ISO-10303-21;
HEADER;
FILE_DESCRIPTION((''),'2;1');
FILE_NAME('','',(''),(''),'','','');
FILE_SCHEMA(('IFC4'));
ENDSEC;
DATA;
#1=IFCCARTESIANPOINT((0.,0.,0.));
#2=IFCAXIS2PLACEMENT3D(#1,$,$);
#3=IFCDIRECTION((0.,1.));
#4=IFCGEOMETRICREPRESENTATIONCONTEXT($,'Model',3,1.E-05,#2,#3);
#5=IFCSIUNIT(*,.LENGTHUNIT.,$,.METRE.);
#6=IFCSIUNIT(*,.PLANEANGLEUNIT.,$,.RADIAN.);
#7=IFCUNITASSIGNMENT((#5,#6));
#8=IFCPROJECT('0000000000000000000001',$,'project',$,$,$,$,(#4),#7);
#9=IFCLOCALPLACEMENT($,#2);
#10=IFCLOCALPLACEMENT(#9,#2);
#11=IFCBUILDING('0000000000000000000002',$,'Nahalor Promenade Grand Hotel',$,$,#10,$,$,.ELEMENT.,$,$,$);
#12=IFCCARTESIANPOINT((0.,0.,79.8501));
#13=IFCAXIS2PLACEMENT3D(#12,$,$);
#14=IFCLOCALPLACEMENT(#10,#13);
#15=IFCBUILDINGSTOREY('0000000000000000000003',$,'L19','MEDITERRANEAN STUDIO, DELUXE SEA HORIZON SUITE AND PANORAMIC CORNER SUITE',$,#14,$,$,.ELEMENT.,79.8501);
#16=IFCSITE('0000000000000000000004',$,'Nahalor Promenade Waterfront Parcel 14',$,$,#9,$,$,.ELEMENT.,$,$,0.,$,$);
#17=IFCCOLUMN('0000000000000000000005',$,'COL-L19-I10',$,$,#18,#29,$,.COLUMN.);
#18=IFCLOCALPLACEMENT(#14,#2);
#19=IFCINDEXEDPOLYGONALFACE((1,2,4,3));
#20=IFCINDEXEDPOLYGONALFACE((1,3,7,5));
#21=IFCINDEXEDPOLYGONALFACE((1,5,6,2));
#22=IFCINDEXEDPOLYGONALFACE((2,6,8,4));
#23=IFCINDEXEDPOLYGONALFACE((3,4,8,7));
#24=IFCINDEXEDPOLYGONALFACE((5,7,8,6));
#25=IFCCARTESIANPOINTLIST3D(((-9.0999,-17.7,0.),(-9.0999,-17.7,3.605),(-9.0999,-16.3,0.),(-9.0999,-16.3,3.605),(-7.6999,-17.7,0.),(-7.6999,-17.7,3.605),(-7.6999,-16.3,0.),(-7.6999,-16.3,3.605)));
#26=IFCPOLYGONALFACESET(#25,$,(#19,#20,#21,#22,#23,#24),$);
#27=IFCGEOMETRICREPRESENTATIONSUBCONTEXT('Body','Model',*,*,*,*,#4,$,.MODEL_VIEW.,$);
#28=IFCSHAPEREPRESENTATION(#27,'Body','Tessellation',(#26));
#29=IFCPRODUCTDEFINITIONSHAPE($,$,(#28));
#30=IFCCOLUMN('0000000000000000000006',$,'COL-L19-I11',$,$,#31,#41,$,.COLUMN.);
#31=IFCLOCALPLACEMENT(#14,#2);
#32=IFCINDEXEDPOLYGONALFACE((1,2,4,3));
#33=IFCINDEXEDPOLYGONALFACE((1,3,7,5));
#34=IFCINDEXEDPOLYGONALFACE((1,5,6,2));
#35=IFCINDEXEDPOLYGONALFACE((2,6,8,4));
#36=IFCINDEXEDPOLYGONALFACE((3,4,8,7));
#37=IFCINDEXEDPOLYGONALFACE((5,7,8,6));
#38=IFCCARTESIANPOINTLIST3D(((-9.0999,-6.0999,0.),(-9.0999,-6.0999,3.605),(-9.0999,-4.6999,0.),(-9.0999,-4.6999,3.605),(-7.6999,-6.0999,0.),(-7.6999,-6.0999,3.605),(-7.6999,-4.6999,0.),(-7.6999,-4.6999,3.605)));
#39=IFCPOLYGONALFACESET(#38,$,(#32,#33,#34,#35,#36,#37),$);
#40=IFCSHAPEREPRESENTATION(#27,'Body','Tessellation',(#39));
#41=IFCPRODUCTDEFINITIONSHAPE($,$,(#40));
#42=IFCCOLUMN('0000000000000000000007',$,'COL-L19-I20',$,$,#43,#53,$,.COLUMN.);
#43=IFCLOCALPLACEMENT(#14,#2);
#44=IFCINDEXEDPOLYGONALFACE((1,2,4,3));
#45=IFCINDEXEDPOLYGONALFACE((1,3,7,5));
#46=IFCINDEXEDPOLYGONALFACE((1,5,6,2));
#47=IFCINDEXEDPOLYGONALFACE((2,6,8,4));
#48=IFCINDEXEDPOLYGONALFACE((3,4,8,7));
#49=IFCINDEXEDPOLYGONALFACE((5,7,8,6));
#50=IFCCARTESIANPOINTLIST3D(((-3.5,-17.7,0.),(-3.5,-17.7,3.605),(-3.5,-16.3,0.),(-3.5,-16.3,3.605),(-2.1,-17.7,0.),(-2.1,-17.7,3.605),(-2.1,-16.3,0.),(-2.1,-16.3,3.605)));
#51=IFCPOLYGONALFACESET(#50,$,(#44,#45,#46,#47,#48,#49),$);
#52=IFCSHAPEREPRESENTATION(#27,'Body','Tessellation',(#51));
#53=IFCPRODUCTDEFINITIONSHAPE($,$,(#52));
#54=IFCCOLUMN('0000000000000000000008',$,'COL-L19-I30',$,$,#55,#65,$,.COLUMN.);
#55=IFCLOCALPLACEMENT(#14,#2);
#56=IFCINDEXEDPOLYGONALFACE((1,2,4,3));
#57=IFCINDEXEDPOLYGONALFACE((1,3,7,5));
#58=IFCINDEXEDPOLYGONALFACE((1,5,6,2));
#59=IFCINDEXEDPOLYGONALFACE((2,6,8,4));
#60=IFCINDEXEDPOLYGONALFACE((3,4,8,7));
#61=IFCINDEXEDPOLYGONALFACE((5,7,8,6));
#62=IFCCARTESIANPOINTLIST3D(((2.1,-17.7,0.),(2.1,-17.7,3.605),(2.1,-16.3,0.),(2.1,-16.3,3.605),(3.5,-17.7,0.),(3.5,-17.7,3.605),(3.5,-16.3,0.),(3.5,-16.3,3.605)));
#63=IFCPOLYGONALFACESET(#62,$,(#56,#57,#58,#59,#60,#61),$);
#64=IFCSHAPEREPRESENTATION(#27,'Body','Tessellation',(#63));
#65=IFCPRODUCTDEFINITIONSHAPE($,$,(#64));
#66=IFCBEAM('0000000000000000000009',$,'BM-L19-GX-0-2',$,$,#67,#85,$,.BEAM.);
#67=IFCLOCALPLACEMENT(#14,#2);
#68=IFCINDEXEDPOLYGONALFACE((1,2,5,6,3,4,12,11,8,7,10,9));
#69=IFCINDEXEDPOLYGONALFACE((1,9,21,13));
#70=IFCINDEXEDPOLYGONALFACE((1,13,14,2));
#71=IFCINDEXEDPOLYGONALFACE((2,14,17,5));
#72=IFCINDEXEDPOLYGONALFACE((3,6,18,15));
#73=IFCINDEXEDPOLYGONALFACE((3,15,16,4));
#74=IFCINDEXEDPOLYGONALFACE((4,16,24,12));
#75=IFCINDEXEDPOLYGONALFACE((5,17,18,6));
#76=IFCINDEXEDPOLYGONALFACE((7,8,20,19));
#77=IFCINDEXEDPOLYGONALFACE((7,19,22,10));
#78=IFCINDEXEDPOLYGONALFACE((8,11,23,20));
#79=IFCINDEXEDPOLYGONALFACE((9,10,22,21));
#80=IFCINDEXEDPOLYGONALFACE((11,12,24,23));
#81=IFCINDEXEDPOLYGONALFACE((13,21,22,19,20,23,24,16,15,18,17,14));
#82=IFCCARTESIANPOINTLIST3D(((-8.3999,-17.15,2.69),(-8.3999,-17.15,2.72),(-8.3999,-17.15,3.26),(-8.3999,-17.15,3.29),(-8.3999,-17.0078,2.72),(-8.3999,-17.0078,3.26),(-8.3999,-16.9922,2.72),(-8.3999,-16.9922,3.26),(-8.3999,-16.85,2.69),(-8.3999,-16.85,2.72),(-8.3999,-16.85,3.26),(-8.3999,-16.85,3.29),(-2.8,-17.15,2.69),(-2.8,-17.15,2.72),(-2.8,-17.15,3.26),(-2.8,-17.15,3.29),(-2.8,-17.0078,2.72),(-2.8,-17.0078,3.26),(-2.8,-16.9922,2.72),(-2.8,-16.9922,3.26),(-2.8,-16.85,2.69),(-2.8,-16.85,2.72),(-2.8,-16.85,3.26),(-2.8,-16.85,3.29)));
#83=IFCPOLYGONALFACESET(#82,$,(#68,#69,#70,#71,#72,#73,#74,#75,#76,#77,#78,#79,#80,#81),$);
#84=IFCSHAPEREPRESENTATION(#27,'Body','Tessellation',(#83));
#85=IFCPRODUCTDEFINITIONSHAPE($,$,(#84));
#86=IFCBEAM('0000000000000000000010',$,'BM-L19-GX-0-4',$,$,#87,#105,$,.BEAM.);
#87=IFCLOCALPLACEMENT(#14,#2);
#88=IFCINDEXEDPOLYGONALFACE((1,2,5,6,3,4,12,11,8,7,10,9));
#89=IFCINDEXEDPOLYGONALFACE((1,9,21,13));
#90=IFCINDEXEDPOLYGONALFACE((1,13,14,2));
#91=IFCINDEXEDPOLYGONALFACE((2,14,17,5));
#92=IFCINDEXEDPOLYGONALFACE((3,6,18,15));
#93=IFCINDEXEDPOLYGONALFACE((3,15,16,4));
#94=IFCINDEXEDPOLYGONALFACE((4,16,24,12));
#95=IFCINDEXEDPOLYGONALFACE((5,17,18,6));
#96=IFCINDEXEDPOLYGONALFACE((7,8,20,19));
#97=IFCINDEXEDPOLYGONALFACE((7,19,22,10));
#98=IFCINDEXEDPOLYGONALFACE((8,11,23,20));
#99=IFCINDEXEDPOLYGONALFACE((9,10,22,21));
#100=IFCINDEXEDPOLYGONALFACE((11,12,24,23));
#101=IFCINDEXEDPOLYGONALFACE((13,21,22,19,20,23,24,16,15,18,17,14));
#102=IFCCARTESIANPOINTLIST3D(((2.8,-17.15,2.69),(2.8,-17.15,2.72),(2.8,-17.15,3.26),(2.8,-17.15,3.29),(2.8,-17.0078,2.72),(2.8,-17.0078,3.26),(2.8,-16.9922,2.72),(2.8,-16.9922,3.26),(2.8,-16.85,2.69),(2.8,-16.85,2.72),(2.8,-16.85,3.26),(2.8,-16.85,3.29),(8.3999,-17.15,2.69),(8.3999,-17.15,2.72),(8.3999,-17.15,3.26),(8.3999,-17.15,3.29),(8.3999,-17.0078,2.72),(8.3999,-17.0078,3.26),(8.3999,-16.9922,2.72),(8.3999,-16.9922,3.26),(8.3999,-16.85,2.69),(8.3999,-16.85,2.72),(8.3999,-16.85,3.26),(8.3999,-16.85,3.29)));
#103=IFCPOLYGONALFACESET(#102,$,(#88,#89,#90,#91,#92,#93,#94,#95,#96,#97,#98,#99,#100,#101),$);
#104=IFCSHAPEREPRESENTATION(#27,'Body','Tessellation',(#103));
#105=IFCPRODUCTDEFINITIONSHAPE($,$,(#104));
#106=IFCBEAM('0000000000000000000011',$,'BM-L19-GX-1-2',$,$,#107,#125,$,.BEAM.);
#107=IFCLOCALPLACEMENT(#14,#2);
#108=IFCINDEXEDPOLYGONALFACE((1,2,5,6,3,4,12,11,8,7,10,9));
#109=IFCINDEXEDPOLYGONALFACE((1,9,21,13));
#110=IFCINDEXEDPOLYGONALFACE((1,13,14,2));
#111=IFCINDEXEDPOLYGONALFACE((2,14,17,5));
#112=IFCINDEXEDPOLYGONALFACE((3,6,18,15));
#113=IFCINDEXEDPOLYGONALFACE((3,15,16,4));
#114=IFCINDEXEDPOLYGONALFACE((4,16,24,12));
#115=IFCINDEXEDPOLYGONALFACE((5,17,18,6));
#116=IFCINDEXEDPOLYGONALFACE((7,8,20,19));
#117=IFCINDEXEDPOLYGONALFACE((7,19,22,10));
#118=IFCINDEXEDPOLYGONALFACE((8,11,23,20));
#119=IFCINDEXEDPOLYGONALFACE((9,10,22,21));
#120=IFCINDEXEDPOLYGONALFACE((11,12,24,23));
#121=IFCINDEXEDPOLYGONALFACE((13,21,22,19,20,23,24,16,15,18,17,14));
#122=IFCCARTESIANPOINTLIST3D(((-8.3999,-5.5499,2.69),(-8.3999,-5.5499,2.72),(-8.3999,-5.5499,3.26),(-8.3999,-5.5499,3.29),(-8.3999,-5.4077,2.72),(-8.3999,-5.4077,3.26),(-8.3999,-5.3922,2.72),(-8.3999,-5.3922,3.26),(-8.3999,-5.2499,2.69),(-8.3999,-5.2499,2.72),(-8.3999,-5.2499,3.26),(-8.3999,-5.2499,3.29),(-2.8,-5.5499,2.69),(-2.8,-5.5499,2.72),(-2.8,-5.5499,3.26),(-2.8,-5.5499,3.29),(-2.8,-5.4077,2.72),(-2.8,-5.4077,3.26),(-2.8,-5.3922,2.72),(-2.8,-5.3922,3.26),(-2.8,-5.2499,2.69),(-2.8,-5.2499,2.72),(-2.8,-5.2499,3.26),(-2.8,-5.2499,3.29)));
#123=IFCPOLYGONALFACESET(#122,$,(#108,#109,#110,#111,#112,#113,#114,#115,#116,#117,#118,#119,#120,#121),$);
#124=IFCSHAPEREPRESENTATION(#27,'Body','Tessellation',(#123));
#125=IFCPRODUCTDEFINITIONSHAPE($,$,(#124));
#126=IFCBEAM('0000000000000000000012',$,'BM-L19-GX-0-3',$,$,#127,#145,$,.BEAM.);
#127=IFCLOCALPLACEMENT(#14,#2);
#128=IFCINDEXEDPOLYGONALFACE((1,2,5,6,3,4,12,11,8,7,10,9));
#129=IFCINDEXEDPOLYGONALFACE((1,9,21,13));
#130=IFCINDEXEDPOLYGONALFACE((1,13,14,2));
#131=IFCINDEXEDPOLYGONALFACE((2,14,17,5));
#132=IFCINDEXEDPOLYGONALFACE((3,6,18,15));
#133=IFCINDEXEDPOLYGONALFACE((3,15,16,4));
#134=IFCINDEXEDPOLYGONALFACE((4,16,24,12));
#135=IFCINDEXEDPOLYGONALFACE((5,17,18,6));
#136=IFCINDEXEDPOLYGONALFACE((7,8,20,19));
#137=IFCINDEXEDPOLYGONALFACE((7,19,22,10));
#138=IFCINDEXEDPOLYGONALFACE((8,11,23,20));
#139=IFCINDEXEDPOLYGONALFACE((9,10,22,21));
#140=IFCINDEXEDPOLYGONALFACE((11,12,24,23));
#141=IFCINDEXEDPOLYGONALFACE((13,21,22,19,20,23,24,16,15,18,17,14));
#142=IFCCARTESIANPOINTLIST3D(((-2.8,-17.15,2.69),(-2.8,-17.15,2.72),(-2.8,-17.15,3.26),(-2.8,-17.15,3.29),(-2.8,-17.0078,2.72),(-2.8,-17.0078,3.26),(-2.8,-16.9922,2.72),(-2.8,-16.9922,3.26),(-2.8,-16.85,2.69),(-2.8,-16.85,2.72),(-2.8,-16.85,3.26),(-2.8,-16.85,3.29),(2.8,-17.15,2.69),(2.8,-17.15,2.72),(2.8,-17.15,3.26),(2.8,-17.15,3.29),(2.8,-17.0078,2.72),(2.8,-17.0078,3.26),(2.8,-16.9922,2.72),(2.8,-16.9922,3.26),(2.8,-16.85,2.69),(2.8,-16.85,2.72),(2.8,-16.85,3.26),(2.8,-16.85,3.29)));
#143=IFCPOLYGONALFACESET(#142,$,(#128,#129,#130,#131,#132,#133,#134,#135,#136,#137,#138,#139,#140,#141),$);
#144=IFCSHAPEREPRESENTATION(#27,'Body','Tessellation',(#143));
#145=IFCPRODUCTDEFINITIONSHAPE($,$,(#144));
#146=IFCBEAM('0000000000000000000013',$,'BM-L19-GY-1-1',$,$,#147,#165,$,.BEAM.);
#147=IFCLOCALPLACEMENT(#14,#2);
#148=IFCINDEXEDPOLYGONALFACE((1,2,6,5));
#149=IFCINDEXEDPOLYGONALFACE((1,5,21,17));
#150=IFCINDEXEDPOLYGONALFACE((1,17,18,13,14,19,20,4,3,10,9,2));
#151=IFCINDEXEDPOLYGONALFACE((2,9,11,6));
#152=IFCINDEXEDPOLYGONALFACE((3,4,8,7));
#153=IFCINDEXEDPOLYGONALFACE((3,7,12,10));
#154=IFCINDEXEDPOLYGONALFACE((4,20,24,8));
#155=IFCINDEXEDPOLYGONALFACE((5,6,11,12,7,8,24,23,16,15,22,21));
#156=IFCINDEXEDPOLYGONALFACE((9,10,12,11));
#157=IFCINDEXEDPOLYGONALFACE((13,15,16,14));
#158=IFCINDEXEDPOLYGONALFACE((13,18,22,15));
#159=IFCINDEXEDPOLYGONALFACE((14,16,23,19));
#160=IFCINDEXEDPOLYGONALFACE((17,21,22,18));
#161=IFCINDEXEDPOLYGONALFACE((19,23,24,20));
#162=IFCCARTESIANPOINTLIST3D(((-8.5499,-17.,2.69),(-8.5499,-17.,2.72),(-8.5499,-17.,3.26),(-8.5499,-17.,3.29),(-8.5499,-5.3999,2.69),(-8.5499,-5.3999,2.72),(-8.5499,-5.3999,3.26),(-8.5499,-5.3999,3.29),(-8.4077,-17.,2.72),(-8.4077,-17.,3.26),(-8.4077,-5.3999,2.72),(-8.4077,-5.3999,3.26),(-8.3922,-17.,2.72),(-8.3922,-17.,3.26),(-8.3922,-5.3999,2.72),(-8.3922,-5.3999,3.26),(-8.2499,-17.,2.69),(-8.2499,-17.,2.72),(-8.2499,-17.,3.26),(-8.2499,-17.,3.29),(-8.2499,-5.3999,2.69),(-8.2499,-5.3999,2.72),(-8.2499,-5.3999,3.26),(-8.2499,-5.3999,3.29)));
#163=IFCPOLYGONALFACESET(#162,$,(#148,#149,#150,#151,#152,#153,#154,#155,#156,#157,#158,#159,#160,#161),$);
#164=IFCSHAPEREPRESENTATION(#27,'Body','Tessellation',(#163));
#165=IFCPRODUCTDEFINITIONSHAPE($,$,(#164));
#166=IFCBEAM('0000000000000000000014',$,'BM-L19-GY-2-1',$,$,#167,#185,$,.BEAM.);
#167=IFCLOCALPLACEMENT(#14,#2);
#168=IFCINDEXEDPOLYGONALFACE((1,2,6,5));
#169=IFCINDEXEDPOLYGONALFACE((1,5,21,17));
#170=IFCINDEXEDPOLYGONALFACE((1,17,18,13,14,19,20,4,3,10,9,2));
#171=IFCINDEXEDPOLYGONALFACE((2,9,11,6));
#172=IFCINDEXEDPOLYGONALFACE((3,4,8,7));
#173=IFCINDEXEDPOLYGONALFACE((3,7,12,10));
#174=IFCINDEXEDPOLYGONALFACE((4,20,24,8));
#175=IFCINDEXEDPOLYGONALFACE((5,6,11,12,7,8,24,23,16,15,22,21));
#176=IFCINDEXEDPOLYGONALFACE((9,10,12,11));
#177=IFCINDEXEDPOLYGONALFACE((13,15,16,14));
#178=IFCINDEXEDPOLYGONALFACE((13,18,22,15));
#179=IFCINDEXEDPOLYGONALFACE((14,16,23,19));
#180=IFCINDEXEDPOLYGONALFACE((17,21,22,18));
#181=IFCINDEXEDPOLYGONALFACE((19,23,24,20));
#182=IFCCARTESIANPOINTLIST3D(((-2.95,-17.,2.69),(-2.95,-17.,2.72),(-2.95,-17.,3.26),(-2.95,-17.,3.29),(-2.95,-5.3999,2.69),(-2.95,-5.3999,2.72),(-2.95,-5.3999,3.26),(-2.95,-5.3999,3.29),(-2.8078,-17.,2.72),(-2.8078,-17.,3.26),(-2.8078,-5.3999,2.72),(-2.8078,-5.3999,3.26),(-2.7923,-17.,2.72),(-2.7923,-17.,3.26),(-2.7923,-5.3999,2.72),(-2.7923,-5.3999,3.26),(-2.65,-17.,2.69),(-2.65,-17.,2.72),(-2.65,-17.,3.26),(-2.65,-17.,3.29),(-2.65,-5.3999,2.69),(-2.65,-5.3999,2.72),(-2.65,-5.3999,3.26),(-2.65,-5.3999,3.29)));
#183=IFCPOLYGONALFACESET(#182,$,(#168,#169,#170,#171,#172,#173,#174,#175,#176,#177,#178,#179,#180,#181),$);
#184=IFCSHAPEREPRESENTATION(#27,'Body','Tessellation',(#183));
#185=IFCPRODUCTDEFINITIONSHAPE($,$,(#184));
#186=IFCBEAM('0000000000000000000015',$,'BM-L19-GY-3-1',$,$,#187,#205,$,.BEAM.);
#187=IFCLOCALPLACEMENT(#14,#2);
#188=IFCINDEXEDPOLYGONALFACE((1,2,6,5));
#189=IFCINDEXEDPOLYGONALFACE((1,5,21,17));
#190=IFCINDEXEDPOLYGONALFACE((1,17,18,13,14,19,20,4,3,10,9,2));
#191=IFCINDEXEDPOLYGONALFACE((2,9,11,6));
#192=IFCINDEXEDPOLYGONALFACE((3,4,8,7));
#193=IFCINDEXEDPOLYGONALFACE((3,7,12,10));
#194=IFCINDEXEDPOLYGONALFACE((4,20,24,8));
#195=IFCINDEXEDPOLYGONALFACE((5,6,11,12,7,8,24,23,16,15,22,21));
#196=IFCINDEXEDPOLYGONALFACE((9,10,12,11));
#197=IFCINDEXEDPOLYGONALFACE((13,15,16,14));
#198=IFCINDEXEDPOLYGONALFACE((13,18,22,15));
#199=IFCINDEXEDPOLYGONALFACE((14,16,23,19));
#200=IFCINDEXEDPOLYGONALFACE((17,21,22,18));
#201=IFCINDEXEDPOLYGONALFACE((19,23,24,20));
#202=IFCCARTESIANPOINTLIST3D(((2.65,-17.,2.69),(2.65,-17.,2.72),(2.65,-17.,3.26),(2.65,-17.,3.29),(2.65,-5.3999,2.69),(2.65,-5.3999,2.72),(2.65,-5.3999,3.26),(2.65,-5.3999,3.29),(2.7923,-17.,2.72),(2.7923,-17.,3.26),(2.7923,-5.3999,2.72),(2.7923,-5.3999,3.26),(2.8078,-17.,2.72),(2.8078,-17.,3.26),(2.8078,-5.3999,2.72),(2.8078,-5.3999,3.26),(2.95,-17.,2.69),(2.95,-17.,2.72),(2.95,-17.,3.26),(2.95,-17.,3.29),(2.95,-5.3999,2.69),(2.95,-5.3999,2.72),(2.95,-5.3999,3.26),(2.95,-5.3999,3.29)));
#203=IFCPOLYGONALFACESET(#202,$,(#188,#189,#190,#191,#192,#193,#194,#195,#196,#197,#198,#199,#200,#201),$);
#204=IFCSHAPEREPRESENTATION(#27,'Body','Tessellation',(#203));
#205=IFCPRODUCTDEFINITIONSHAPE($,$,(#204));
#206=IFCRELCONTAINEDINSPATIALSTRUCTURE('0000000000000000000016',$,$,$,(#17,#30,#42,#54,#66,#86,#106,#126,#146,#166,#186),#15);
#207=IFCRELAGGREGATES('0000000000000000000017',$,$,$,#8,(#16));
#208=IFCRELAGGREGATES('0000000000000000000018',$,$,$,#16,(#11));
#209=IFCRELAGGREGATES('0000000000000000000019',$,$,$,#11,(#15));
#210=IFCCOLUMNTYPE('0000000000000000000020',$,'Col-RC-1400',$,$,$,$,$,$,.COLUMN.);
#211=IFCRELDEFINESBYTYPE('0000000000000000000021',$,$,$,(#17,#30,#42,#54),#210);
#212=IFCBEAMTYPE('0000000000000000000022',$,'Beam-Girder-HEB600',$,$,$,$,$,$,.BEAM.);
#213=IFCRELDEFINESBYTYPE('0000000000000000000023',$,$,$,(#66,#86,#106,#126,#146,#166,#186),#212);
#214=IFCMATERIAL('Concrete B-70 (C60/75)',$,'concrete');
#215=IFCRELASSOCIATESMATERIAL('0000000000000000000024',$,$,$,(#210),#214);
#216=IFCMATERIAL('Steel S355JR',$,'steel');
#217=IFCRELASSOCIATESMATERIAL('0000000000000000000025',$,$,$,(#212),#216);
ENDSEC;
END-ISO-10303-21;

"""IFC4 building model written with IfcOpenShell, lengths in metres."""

from ifc_helpers import new_model, si_unit, direction, frame, origin, origin_2d, place, context, subcontext, project, spatial, rectangle, i_section, extrude, source, transform, mapped, material, material_profile, profile_set, type_object, element, save


model = new_model("IFC4")

# Units and contexts
model_context = context("Model", 3, precision=1e-05, world=origin(), true_north=direction((0.0, 1.0)))
body_context = subcontext(model_context, "Body", "Model", "MODEL_VIEW")
ifc_project = project(units=[si_unit("LENGTHUNIT", "METRE"), si_unit("PLANEANGLEUNIT", "RADIAN")], contexts=[model_context])

# Site, building, storey
site_placement = place(None, origin())
site = spatial("IfcSite", under=ifc_project, at=site_placement, Name="Nahalor Promenade Waterfront Parcel 14", CompositionType="ELEMENT", RefElevation=0.0)
building_placement = place(site_placement, origin())
building = spatial("IfcBuilding", under=site, at=building_placement, Name="Nahalor Promenade Grand Hotel", CompositionType="ELEMENT")
storey_placement = place(building_placement, frame((0.0, 0.0, 79.8501)))
storey = spatial("IfcBuildingStorey", under=building, at=storey_placement, Name="L19", Description="MEDITERRANEAN STUDIO, DELUXE SEA HORIZON SUITE AND PANORAMIC CORNER SUITE", CompositionType="ELEMENT", Elevation=79.8501)

# Columns
ifc_material_1 = material(Name="Concrete B-70 (C60/75)", Category="concrete")
ifc_material_profile_1 = material_profile(ifc_material_1, rectangle(XDim=1.4, YDim=1.4, at=origin_2d()), Name="RC 1400x1400")
ifc_profile_set_1 = profile_set([ifc_material_profile_1], Name="Concrete B-70 (C60/75)")
column_type = type_object("IfcColumnType", Name="Col-RC-1400", PredefinedType="COLUMN", material=ifc_profile_set_1)
shared_shape_1 = source(origin(), body_context, "Body", "SweptSolid", [
    extrude(rectangle(XDim=1.4, YDim=1.4, at=origin_2d()), origin(), (0.0, 0.0, 1.0), 3.605),
])
for number, where, z_axis, x_axis, name in (
    (1, (-8.3999, -17.0, 0.0), (0.0, 0.0, 1.0), (1.0, 0.0, 0.0), "COL-L19-I10"),
    (2, (-8.3999, -5.3999, 0.0), (0.0, 0.0, 1.0), (1.0, 0.0, 0.0), "COL-L19-I11"),
    (3, (-2.8, -17.0, 0.0), (0.0, 0.0, 1.0), (1.0, 0.0, 0.0), "COL-L19-I20"),
    (4, (2.8, -17.0, 0.0), (0.0, 0.0, 1.0), (1.0, 0.0, 0.0), "COL-L19-I30"),
):
    element("IfcColumn", number, at=place(storey_placement, frame(where, z_axis=z_axis, x_axis=x_axis)), inside=storey, type_object=column_type, Name=name, PredefinedType="COLUMN", context=body_context, shape_type="MappedRepresentation", body=[
        mapped(shared_shape_1, transform((0.0, 0.0, 0.0), scale=1.0)),
    ])

# Beams
ifc_material_2 = material(Name="Steel S355JR", Category="steel")
ifc_material_profile_2 = material_profile(ifc_material_2, i_section(OverallWidth=0.3, OverallDepth=0.6, WebThickness=0.0155, FlangeThickness=0.03, at=origin_2d()), Name="HEB 600")
ifc_profile_set_2 = profile_set([ifc_material_profile_2], Name="Steel S355JR")
beam_type_1 = type_object("IfcBeamType", Name="Beam-Girder-HEB600", PredefinedType="BEAM", material=ifc_profile_set_2)
shared_shape_2 = source(origin(), body_context, "Body", "SweptSolid", [
    extrude(i_section(OverallWidth=0.3, OverallDepth=0.6, WebThickness=0.0155, FlangeThickness=0.03, at=origin_2d()), origin(), (0.0, 0.0, 1.0), 5.5999),
])
for number, where, z_axis, x_axis, name in (
    (5, (-8.3999, -17.0, 2.99), (1.0, 0.0, 0.0), (0.0, 1.0, 0.0), "BM-L19-GX-0-2"),
    (6, (2.8, -17.0, 2.99), (1.0, 0.0, 0.0), (0.0, 1.0, 0.0), "BM-L19-GX-0-4"),
    (7, (-8.3999, -5.3999, 2.99), (1.0, 0.0, 0.0), (0.0, 1.0, 0.0), "BM-L19-GX-1-2"),
):
    element("IfcBeam", number, at=place(storey_placement, frame(where, z_axis=z_axis, x_axis=x_axis)), inside=storey, type_object=beam_type_1, Name=name, PredefinedType="BEAM", context=body_context, shape_type="MappedRepresentation", body=[
        mapped(shared_shape_2, transform((0.0, 0.0, 0.0), scale=1.0)),
    ])
shared_shape_3 = source(origin(), body_context, "Body", "SweptSolid", [
    extrude(i_section(OverallWidth=0.3, OverallDepth=0.6, WebThickness=0.0155, FlangeThickness=0.03, at=origin_2d()), origin(), (0.0, 0.0, 1.0), 5.6001),
])
beam_1_placement = place(storey_placement, frame((-2.8, -17.0, 2.99), z_axis=(1.0, 0.0, 0.0), x_axis=(0.0, 1.0, 0.0)))
element("IfcBeam", 8, at=beam_1_placement, inside=storey, type_object=beam_type_1, Name="BM-L19-GX-0-3", PredefinedType="BEAM", context=body_context, shape_type="MappedRepresentation", body=[
    mapped(shared_shape_3, transform((0.0, 0.0, 0.0), scale=1.0)),
])
shared_shape_4 = source(origin(), body_context, "Body", "SweptSolid", [
    extrude(i_section(OverallWidth=0.3, OverallDepth=0.6, WebThickness=0.0155, FlangeThickness=0.03, at=origin_2d()), origin(), (0.0, 0.0, 1.0), 11.6001),
])
for number, where, z_axis, x_axis, name in (
    (9, (-8.3999, -17.0, 2.99), (0.0, 1.0, 0.0), (-1.0, 0.0, 0.0), "BM-L19-GY-1-1"),
    (10, (-2.8, -17.0, 2.99), (0.0, 1.0, 0.0), (-1.0, 0.0, 0.0), "BM-L19-GY-2-1"),
    (11, (2.8, -17.0, 2.99), (0.0, 1.0, 0.0), (-1.0, 0.0, 0.0), "BM-L19-GY-3-1"),
):
    element("IfcBeam", number, at=place(storey_placement, frame(where, z_axis=z_axis, x_axis=x_axis)), inside=storey, type_object=beam_type_1, Name=name, PredefinedType="BEAM", context=body_context, shape_type="MappedRepresentation", body=[
        mapped(shared_shape_4, transform((0.0, 0.0, 0.0), scale=1.0)),
    ])

save(model, "model.ifc")
